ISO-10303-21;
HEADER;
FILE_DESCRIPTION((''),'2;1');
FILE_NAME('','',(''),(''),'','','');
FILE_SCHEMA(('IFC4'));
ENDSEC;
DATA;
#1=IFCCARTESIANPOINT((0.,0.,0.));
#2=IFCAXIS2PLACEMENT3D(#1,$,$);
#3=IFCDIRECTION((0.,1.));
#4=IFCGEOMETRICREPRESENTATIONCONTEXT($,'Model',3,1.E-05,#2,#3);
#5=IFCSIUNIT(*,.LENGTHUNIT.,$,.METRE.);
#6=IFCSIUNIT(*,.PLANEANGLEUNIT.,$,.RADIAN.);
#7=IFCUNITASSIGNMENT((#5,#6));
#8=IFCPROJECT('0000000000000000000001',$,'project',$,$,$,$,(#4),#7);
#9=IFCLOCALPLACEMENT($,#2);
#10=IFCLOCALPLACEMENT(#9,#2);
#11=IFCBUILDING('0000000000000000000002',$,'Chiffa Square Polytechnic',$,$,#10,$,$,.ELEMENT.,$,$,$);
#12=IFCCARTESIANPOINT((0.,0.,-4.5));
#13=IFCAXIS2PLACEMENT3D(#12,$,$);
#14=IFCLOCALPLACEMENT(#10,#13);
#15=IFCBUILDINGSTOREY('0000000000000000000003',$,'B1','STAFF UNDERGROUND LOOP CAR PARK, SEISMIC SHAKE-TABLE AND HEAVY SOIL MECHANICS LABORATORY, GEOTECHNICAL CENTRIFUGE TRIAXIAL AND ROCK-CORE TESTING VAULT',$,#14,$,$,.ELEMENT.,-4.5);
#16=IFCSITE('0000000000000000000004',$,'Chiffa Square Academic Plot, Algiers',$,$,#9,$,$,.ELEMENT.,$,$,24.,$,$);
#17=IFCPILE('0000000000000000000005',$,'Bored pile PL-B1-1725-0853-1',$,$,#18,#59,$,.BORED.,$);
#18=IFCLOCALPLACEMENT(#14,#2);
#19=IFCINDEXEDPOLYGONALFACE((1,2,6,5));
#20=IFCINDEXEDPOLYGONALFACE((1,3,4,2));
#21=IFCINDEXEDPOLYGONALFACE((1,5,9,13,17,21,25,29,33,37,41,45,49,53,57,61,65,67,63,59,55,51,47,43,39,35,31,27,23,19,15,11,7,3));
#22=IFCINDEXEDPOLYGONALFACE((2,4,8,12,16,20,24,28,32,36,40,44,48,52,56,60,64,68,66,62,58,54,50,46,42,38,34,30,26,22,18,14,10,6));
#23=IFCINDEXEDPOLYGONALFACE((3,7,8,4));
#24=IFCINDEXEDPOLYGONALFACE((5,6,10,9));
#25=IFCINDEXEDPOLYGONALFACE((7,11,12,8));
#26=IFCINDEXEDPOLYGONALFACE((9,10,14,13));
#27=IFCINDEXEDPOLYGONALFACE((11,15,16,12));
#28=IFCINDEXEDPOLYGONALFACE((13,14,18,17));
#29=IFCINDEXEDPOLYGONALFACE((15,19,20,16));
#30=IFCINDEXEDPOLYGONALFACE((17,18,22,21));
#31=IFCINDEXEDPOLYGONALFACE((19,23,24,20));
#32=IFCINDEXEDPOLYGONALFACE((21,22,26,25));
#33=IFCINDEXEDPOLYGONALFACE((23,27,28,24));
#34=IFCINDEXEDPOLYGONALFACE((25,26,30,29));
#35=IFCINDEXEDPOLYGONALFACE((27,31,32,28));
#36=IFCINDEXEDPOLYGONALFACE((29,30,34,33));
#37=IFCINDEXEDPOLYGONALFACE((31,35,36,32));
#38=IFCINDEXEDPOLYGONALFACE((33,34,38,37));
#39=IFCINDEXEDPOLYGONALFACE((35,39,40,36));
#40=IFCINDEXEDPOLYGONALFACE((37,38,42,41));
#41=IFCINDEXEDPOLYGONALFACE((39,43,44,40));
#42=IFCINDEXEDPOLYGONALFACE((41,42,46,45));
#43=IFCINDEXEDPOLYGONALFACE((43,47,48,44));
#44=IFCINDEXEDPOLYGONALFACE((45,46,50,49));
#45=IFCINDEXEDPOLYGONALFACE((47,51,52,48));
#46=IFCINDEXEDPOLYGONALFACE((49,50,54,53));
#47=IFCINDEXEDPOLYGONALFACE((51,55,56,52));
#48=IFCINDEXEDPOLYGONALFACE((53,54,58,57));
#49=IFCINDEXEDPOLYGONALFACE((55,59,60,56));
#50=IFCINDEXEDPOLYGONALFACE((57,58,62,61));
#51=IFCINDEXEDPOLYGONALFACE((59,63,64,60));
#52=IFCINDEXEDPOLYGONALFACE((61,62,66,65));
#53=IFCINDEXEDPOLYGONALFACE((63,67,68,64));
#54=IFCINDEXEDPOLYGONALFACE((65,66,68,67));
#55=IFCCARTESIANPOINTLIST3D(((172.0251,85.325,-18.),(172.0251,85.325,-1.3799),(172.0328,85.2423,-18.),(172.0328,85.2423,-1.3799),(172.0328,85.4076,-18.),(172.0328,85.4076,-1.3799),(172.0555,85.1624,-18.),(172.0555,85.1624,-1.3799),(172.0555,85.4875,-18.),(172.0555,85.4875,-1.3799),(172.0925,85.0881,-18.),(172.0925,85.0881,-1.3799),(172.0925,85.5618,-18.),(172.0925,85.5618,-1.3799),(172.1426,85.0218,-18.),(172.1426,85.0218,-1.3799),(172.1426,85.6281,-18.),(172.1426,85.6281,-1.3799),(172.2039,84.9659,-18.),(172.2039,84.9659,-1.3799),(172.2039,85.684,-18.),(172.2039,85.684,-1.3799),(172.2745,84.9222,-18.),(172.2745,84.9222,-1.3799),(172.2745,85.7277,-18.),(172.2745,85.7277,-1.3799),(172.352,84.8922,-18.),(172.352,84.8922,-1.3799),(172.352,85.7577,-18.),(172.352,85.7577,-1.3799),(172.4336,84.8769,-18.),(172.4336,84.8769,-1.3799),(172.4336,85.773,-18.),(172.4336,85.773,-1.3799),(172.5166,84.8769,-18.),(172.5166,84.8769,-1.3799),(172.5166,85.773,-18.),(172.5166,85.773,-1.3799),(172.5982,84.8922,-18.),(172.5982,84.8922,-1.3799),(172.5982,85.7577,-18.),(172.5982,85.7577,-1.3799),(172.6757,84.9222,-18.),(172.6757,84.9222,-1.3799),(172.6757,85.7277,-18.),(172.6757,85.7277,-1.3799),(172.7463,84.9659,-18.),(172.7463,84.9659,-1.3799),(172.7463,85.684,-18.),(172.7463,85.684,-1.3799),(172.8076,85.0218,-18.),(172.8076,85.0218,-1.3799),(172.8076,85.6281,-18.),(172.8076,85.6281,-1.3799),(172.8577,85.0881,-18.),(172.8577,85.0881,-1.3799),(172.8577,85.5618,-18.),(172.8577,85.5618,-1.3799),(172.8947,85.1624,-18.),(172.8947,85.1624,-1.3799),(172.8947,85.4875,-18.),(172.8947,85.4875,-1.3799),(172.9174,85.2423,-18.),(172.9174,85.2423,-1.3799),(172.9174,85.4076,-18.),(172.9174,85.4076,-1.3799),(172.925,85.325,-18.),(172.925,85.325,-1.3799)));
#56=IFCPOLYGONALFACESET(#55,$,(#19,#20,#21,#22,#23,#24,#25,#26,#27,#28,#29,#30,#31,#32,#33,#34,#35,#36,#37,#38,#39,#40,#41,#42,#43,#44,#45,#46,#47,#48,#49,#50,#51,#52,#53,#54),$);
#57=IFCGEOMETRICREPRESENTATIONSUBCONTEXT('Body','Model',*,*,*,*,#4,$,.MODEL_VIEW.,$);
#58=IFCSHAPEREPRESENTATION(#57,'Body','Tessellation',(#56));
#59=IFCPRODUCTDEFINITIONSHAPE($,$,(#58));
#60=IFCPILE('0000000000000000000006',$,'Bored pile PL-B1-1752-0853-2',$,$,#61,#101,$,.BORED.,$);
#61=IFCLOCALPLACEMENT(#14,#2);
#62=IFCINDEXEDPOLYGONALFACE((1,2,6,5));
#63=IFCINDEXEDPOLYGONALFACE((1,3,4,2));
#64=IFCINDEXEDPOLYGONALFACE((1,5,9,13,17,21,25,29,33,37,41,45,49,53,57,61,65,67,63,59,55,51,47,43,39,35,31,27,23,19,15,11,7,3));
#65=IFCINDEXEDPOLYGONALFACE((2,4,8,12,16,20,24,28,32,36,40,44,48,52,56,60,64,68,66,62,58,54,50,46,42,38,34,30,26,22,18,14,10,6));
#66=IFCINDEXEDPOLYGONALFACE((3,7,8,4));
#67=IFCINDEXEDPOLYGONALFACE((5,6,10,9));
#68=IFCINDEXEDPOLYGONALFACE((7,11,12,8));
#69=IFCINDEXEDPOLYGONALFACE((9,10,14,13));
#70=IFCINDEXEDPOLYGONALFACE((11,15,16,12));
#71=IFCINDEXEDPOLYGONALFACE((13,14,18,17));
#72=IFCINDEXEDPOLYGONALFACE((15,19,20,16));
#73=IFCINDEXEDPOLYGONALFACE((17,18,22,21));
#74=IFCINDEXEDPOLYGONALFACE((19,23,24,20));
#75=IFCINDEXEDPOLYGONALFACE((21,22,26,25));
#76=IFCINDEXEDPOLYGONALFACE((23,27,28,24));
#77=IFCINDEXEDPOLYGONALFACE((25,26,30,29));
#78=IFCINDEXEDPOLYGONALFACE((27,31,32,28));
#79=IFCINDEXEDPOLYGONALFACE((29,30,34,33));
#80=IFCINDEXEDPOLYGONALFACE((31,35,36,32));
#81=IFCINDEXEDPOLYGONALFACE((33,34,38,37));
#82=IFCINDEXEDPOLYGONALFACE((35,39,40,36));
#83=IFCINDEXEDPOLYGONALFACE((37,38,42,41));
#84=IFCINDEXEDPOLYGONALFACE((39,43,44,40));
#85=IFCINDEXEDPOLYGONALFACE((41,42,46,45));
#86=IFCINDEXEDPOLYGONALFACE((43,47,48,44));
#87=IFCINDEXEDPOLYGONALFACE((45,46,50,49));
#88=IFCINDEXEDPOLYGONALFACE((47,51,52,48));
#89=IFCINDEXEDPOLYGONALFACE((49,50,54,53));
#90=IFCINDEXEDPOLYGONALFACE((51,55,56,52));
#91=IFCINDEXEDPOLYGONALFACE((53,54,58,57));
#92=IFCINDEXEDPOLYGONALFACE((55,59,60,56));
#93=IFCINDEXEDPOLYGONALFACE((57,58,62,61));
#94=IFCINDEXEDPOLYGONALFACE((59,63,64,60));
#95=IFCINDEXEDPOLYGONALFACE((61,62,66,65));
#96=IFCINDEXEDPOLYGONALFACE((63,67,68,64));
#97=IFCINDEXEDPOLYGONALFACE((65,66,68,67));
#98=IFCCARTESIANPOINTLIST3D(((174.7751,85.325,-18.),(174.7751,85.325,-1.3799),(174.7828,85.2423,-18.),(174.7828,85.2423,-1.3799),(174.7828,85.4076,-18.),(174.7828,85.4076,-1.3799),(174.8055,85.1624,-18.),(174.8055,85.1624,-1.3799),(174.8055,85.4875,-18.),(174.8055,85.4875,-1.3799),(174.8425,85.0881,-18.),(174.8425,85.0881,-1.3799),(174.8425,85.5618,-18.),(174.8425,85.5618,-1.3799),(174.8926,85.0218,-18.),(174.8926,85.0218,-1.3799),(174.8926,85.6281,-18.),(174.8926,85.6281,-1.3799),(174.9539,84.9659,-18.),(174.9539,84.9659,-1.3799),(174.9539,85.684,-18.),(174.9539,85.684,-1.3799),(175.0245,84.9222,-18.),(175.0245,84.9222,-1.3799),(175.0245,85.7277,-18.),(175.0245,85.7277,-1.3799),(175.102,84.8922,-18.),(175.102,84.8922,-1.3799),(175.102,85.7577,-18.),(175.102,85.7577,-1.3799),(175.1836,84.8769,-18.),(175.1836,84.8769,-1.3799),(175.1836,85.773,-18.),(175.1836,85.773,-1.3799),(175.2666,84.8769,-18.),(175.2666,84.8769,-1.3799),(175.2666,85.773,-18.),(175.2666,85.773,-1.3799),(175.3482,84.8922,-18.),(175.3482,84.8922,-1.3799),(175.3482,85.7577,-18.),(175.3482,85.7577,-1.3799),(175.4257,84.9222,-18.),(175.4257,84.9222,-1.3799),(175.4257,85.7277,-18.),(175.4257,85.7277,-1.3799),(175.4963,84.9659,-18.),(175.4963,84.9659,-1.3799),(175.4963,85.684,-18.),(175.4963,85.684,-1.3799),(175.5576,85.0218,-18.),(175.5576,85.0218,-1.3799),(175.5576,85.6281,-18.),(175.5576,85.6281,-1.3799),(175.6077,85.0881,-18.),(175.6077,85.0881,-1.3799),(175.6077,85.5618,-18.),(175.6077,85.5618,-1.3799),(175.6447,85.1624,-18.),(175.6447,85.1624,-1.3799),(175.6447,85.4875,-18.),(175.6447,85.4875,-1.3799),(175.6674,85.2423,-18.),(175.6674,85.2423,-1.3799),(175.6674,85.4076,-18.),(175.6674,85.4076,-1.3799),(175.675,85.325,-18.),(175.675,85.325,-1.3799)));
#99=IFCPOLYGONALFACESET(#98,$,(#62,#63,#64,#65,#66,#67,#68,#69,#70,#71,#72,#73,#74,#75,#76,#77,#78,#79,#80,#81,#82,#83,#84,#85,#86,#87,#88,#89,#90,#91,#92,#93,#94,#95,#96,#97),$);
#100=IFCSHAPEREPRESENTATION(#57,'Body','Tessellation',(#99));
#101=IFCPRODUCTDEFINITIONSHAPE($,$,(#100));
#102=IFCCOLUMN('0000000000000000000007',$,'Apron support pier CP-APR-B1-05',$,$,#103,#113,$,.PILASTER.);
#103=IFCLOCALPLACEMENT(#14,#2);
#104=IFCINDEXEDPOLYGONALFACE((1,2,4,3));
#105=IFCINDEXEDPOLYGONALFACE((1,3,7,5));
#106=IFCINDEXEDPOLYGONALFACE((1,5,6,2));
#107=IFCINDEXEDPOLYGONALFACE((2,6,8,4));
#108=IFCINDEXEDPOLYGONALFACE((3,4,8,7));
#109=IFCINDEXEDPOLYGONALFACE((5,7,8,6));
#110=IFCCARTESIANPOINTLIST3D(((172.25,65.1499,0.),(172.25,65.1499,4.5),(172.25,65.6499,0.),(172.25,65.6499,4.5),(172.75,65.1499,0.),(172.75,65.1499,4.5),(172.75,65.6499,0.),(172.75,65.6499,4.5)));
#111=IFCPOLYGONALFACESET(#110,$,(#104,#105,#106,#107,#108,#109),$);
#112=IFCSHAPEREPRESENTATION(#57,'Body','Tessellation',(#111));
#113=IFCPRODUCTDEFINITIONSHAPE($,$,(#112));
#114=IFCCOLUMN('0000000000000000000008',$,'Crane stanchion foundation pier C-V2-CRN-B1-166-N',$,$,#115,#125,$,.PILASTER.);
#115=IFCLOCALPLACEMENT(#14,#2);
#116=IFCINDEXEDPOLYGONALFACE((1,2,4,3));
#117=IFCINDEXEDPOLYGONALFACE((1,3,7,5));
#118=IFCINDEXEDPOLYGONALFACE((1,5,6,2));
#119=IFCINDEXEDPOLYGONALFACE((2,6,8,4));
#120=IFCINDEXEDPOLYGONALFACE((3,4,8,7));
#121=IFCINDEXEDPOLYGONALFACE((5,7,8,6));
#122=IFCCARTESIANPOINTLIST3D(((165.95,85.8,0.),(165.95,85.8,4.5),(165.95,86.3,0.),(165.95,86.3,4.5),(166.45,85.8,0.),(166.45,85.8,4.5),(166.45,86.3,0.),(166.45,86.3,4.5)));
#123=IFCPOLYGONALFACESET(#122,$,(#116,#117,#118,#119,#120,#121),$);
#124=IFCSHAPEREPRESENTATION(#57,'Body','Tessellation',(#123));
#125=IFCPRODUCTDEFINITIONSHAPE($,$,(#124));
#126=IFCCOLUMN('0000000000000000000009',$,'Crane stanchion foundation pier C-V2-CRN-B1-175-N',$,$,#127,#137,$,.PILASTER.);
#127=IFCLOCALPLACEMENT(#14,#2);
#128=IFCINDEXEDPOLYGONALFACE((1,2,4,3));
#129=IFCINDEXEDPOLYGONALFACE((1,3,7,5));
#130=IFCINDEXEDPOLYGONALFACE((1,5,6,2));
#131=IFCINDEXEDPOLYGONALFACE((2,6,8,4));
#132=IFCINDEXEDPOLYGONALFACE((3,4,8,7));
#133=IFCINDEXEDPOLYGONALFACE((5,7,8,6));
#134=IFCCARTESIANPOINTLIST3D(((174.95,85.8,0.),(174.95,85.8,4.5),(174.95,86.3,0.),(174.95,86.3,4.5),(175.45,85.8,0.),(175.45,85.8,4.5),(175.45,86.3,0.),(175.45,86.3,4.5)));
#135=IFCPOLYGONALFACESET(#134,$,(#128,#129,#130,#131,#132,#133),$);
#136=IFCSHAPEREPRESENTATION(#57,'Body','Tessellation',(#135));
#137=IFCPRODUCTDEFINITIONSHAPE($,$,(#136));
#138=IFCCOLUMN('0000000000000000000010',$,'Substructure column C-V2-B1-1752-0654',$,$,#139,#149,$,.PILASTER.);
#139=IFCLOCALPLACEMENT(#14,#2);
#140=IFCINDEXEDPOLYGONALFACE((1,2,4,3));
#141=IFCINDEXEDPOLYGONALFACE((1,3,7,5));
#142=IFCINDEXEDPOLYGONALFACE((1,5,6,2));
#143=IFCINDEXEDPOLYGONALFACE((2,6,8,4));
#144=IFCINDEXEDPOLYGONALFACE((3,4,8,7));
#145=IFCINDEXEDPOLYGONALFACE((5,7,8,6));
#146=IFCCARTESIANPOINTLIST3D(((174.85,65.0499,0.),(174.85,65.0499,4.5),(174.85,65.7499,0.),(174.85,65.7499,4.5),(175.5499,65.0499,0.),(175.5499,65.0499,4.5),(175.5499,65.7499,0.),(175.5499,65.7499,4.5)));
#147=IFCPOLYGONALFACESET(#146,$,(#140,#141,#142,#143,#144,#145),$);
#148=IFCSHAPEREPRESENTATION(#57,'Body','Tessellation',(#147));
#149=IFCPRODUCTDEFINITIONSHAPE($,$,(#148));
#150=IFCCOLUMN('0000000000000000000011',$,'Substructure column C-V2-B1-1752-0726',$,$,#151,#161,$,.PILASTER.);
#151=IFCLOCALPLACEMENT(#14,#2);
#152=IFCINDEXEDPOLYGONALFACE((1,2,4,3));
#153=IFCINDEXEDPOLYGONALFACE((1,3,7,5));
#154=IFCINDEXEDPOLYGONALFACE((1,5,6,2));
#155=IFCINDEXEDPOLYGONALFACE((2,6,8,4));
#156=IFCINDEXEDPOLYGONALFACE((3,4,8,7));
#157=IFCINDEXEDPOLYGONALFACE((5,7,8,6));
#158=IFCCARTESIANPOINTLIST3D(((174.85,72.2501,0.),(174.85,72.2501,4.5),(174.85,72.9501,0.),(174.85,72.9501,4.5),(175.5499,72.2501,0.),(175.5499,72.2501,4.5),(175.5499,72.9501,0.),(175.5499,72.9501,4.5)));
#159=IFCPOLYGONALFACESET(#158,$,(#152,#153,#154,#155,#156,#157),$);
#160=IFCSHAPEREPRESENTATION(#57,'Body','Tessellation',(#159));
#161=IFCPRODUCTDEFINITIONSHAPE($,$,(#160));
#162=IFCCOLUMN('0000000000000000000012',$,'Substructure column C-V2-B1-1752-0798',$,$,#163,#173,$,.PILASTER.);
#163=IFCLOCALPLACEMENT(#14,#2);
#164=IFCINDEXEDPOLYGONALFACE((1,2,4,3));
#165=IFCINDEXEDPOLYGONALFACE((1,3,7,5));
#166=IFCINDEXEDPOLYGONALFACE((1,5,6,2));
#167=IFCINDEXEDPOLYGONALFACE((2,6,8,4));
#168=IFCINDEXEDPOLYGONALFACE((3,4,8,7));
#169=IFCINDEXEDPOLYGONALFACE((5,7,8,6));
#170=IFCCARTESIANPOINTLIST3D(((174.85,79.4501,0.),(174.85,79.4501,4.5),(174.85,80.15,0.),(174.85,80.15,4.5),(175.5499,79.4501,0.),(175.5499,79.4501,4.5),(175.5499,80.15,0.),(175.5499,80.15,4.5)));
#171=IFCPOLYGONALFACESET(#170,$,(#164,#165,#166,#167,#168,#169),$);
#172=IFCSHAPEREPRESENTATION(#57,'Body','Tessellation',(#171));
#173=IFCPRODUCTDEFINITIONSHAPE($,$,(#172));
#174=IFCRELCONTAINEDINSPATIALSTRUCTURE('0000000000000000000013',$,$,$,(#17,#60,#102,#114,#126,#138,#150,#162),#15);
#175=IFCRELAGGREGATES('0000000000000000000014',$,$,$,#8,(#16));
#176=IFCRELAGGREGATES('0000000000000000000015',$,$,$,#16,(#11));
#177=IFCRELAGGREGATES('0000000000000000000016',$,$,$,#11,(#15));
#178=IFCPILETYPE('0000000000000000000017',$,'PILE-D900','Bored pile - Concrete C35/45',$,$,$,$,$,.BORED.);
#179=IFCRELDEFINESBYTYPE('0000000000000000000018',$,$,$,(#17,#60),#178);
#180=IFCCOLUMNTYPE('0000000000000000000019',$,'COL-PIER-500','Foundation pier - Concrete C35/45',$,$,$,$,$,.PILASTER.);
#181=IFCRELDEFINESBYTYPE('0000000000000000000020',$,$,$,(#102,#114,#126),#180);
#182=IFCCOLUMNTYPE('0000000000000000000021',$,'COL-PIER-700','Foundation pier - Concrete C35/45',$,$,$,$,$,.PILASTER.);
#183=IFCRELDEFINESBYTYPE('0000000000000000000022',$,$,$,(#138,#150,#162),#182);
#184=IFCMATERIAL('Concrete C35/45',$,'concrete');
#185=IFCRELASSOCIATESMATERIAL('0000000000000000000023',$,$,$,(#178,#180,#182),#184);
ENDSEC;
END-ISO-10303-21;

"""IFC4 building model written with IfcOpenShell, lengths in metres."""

from ifc_helpers import new_model, si_unit, direction, frame, origin, origin_2d, place, context, subcontext, project, spatial, rectangle, circle, extrude, material, material_profile, profile_set, type_object, element, save


model = new_model("IFC4")

# Units and contexts
model_context = context("Model", 3, precision=1e-05, world=origin(), true_north=direction((0.0, 1.0)))
body_context = subcontext(model_context, "Body", "Model", "MODEL_VIEW")
ifc_project = project(units=[si_unit("LENGTHUNIT", "METRE"), si_unit("PLANEANGLEUNIT", "RADIAN")], contexts=[model_context])

# Site, building, storey
site_placement = place(None, origin())
site = spatial("IfcSite", under=ifc_project, at=site_placement, Name="Chiffa Square Academic Plot, Algiers", CompositionType="ELEMENT", RefElevation=24.0)
building_placement = place(site_placement, origin())
building = spatial("IfcBuilding", under=site, at=building_placement, Name="Chiffa Square Polytechnic", CompositionType="ELEMENT")
storey_placement = place(building_placement, frame((0.0, 0.0, -4.5)))
storey = spatial("IfcBuildingStorey", under=building, at=storey_placement, Name="B1", Description="STAFF UNDERGROUND LOOP CAR PARK, SEISMIC SHAKE-TABLE AND HEAVY SOIL MECHANICS LABORATORY, GEOTECHNICAL CENTRIFUGE TRIAXIAL AND ROCK-CORE TESTING VAULT", CompositionType="ELEMENT", Elevation=-4.5)

# Shared definitions
ifc_material = material(Name="Concrete C35/45", Category="concrete")

# Piles
ifc_material_profile_1 = material_profile(ifc_material, circle(Radius=0.45, at=origin_2d()), Name="PILE D900")
ifc_profile_set_1 = profile_set([ifc_material_profile_1], Name="Concrete C35/45")
pile_type_1 = type_object("IfcPileType", Name="PILE-D900", Description="Bored pile - Concrete C35/45", PredefinedType="BORED", material=ifc_profile_set_1)
for number, where, z_axis, x_axis, name in (
    (1, (172.4751, 85.325, -1.3799), (0.0, 0.0, -1.0), (1.0, 0.0, 0.0), "Bored pile PL-B1-1725-0853-1"),
    (2, (175.2251, 85.325, -1.3799), (0.0, 0.0, -1.0), (1.0, 0.0, 0.0), "Bored pile PL-B1-1752-0853-2"),
):
    element("IfcPile", number, at=place(storey_placement, frame(where, z_axis=z_axis, x_axis=x_axis)), inside=storey, type_object=pile_type_1, Name=name, PredefinedType="BORED", context=body_context, shape_type="SweptSolid", body=[
        extrude(circle(Radius=0.45, at=origin_2d()), origin(), (0.0, 0.0, 1.0), 16.6201),
    ])

# Columns
ifc_material_profile_2 = material_profile(ifc_material, rectangle(XDim=0.5, YDim=0.5, at=origin_2d()), Name="RC 500x500")
ifc_profile_set_2 = profile_set([ifc_material_profile_2], Name="Concrete C35/45")
column_type_1 = type_object("IfcColumnType", Name="COL-PIER-500", Description="Foundation pier - Concrete C35/45", PredefinedType="PILASTER", material=ifc_profile_set_2)
for number, where, z_axis, x_axis, name in (
    (3, (172.5, 65.3999, 0.0), (0.0, 0.0, 1.0), (1.0, 0.0, 0.0), "Apron support pier CP-APR-B1-05"),
    (4, (166.2, 86.05, 0.0), (0.0, 0.0, 1.0), (1.0, 0.0, 0.0), "Crane stanchion foundation pier C-V2-CRN-B1-166-N"),
    (5, (175.2, 86.05, 0.0), (0.0, 0.0, 1.0), (1.0, 0.0, 0.0), "Crane stanchion foundation pier C-V2-CRN-B1-175-N"),
):
    element("IfcColumn", number, at=place(storey_placement, frame(where, z_axis=z_axis, x_axis=x_axis)), inside=storey, type_object=column_type_1, Name=name, PredefinedType="PILASTER", context=body_context, shape_type="SweptSolid", body=[
        extrude(rectangle(XDim=0.5, YDim=0.5, at=origin_2d()), origin(), (0.0, 0.0, 1.0), 4.5),
    ])
ifc_material_profile_3 = material_profile(ifc_material, rectangle(XDim=0.7, YDim=0.7, at=origin_2d()), Name="RC 700x700")
ifc_profile_set_3 = profile_set([ifc_material_profile_3], Name="Concrete C35/45")
column_type_2 = type_object("IfcColumnType", Name="COL-PIER-700", Description="Foundation pier - Concrete C35/45", PredefinedType="PILASTER", material=ifc_profile_set_3)
for number, where, z_axis, x_axis, name in (
    (6, (175.2, 65.3999, 0.0), (0.0, 0.0, 1.0), (1.0, 0.0, 0.0), "Substructure column C-V2-B1-1752-0654"),
    (7, (175.2, 72.6001, 0.0), (0.0, 0.0, 1.0), (1.0, 0.0, 0.0), "Substructure column C-V2-B1-1752-0726"),
    (8, (175.2, 79.8, 0.0), (0.0, 0.0, 1.0), (1.0, 0.0, 0.0), "Substructure column C-V2-B1-1752-0798"),
):
    element("IfcColumn", number, at=place(storey_placement, frame(where, z_axis=z_axis, x_axis=x_axis)), inside=storey, type_object=column_type_2, Name=name, PredefinedType="PILASTER", context=body_context, shape_type="SweptSolid", body=[
        extrude(rectangle(XDim=0.7, YDim=0.7, at=origin_2d()), origin(), (0.0, 0.0, 1.0), 4.5),
    ])

save(model, "model.ifc")
